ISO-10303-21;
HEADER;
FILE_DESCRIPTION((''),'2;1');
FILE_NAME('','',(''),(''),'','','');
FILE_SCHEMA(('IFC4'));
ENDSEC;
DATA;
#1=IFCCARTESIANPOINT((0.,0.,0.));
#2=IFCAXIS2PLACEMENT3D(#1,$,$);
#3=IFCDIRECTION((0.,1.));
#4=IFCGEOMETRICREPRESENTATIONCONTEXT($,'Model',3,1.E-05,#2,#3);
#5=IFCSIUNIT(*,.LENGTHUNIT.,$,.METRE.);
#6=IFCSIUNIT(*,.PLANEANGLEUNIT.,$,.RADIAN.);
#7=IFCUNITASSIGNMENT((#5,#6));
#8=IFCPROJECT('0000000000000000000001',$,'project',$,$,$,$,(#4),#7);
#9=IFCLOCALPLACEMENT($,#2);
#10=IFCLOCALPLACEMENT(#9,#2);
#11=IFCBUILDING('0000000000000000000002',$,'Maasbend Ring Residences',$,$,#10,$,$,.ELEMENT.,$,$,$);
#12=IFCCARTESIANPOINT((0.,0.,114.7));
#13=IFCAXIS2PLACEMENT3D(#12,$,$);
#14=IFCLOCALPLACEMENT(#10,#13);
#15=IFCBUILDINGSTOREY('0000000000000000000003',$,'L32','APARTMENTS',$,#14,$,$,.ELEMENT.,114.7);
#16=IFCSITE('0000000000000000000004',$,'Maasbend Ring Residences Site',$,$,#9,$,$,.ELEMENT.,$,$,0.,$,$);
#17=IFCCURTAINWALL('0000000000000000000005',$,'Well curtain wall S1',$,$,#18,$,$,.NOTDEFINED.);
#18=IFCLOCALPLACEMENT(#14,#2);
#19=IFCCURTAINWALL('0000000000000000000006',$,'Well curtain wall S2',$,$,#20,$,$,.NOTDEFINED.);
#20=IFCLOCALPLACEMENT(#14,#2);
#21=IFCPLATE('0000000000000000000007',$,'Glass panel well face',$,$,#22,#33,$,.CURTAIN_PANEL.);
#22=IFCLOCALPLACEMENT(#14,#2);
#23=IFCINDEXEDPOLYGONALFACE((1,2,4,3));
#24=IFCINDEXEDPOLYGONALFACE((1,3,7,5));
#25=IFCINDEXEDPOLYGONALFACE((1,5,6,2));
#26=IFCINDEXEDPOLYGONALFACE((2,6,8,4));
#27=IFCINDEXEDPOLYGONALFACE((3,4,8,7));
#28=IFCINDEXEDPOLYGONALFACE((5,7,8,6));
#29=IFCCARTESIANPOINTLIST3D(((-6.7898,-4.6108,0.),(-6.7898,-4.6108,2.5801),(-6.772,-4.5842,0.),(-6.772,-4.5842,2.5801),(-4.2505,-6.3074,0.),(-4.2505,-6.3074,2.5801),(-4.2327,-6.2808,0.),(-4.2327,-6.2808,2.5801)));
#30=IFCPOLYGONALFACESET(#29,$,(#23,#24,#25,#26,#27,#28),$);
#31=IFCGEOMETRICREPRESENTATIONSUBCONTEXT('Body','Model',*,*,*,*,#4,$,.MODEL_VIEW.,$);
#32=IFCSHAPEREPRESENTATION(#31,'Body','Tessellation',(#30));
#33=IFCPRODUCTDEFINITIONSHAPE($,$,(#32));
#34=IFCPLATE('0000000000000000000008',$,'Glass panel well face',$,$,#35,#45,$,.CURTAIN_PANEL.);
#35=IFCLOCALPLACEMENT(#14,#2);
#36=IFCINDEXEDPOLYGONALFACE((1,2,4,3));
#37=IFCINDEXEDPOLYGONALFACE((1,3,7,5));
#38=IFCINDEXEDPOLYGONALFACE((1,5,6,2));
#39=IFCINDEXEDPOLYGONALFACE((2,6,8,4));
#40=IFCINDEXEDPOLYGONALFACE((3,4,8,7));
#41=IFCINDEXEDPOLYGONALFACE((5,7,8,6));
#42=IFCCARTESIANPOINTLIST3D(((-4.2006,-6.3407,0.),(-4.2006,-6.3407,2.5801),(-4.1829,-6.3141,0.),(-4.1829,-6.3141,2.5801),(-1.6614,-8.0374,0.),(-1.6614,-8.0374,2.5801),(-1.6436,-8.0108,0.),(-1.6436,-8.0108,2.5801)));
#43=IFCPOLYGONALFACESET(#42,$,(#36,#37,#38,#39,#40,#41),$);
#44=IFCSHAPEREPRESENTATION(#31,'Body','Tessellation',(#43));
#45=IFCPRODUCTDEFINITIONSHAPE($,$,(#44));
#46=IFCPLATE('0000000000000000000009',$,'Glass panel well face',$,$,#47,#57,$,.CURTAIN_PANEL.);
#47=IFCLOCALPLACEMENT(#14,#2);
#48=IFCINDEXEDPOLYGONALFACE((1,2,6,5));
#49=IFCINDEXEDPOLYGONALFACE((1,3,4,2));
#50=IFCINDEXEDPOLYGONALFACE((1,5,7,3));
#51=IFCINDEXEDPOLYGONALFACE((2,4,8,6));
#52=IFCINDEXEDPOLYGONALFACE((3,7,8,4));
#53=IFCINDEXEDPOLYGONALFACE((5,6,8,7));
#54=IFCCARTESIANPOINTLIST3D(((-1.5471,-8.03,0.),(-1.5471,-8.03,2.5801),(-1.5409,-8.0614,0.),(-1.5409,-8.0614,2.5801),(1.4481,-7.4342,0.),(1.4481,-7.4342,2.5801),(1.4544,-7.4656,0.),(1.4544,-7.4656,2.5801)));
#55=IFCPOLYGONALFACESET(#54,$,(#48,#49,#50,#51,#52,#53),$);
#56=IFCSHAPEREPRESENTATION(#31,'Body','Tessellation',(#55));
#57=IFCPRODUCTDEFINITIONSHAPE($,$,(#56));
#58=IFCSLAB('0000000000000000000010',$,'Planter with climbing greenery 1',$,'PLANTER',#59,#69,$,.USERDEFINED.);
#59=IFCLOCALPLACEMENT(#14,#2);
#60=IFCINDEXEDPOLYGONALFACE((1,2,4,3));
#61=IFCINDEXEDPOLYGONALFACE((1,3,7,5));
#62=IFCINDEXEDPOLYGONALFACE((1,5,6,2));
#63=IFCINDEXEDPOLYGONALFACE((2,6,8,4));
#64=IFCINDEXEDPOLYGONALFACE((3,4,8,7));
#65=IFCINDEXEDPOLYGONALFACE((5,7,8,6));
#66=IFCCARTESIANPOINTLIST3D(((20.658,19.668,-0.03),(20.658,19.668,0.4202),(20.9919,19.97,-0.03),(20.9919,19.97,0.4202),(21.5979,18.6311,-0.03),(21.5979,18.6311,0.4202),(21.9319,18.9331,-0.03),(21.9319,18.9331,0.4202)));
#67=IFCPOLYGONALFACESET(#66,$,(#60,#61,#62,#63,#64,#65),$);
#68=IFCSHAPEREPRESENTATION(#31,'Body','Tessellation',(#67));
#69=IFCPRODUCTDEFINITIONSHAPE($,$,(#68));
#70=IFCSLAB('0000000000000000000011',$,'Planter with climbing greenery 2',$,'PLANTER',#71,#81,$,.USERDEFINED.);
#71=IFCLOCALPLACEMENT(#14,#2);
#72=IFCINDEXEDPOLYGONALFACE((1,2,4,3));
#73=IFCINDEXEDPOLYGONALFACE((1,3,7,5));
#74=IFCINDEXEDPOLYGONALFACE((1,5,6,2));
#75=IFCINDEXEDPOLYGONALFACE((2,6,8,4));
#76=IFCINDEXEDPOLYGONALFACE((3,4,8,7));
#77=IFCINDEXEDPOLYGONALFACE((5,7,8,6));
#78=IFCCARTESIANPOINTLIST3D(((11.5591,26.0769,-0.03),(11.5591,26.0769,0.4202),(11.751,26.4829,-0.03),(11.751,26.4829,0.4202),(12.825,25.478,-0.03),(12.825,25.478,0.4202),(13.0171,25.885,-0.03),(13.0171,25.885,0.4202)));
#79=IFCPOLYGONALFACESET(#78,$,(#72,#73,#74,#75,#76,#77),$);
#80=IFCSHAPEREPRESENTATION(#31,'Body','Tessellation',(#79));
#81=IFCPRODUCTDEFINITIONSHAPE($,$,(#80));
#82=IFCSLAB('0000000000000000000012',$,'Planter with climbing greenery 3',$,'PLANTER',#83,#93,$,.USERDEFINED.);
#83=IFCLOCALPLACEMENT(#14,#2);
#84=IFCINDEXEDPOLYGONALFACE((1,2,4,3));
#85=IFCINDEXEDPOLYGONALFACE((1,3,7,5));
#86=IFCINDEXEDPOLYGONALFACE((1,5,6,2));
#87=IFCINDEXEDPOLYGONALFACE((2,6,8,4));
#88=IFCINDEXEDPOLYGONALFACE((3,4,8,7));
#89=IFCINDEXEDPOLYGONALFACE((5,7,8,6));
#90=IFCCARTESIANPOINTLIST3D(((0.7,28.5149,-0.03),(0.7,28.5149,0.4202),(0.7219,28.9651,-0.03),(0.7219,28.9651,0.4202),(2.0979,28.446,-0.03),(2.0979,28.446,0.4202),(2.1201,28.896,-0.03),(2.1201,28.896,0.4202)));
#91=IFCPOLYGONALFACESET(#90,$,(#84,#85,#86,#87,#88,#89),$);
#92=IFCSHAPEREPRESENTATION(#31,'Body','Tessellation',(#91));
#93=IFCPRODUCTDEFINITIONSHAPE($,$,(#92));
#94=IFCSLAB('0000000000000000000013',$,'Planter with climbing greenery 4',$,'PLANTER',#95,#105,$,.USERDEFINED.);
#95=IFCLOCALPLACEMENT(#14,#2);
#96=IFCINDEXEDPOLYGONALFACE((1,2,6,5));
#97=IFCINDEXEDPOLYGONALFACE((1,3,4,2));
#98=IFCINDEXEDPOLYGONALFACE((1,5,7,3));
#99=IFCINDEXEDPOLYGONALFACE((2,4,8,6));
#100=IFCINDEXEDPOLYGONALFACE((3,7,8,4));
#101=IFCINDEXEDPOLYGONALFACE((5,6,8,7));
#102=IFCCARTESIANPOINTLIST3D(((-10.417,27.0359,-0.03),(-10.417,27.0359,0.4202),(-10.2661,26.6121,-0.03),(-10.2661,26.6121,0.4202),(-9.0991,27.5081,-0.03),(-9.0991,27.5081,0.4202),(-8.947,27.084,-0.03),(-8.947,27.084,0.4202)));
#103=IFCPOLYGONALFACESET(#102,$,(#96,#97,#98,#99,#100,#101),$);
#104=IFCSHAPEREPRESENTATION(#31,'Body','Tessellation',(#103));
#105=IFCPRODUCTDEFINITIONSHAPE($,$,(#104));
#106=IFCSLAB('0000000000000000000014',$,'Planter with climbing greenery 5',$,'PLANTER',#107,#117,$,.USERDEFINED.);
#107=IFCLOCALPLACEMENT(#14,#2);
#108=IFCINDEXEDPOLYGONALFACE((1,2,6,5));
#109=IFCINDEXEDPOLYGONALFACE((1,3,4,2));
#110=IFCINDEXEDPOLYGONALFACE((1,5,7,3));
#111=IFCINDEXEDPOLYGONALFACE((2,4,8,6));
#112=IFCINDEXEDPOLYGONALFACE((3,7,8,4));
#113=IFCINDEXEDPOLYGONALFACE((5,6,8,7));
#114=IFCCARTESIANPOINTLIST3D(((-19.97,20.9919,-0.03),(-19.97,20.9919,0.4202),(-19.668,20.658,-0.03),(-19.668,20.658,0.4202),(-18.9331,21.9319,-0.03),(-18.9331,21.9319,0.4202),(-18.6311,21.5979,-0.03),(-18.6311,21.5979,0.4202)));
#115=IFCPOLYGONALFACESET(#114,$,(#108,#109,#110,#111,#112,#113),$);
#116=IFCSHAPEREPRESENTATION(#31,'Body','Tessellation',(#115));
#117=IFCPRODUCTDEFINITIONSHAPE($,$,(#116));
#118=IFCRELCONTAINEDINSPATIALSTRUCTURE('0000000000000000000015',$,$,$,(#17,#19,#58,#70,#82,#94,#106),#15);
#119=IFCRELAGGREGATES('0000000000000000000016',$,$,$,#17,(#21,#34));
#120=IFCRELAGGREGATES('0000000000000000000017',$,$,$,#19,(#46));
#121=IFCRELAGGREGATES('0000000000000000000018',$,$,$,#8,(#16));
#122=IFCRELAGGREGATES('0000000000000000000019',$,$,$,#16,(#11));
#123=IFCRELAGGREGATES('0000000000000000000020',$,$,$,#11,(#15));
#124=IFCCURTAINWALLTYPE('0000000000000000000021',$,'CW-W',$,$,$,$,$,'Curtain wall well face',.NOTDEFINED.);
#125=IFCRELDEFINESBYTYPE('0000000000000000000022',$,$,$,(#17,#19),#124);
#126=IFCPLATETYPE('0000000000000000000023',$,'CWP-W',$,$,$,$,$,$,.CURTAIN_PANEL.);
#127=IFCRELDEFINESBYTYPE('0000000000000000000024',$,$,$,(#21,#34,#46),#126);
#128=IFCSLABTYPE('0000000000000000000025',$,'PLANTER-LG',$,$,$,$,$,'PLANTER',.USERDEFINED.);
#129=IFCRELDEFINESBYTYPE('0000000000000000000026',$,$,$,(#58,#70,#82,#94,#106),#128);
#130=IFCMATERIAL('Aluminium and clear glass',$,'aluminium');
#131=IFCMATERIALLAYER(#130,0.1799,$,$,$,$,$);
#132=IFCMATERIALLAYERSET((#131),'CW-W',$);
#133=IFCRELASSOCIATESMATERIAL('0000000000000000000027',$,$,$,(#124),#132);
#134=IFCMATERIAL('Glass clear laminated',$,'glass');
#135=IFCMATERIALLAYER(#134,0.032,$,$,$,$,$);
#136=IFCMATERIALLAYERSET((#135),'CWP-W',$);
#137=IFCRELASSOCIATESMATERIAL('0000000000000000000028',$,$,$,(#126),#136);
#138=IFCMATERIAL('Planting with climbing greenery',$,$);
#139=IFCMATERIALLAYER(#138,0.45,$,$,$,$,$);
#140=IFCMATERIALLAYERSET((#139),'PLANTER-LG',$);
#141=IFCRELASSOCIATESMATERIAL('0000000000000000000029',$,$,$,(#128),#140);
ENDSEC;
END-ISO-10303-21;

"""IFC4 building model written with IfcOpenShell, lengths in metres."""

from ifc_helpers import new_model, si_unit, direction, frame, origin, origin_2d, place, context, subcontext, project, spatial, polyline, rectangle, outline, extrude, material, layer, layer_set, type_object, element, aggregate, save


model = new_model("IFC4")

# Units and contexts
model_context = context("Model", 3, precision=1e-05, world=origin(), true_north=direction((0.0, 1.0)))
body_context = subcontext(model_context, "Body", "Model", "MODEL_VIEW")
ifc_project = project(units=[si_unit("LENGTHUNIT", "METRE"), si_unit("PLANEANGLEUNIT", "RADIAN")], contexts=[model_context])

# Site, building, storey
site_placement = place(None, origin())
site = spatial("IfcSite", under=ifc_project, at=site_placement, Name="Maasbend Ring Residences Site", CompositionType="ELEMENT", RefElevation=0.0)
building_placement = place(site_placement, origin())
building = spatial("IfcBuilding", under=site, at=building_placement, Name="Maasbend Ring Residences", CompositionType="ELEMENT")
storey_placement = place(building_placement, frame((0.0, 0.0, 114.7)))
storey = spatial("IfcBuildingStorey", under=building, at=storey_placement, Name="L32", Description="APARTMENTS", CompositionType="ELEMENT", Elevation=114.7)

# Curtain wall
ifc_material_1 = material(Name="Aluminium and clear glass", Category="aluminium")
ifc_layer_1 = layer(ifc_material_1, 0.1799)
ifc_layer_set_1 = layer_set([ifc_layer_1], Name="CW-W")
curtain_wall_type = type_object("IfcCurtainWallType", Name="CW-W", ElementType="Curtain wall well face", PredefinedType="NOTDEFINED", material=ifc_layer_set_1)
curtain_wall_1_placement = place(storey_placement, origin())
curtain_wall_1 = element("IfcCurtainWall", 1, at=curtain_wall_1_placement, inside=storey, type_object=curtain_wall_type, Name="Well curtain wall S1", PredefinedType="NOTDEFINED")

# Curtain wall
curtain_wall_2_placement = place(storey_placement, origin())
curtain_wall_2 = element("IfcCurtainWall", 2, at=curtain_wall_2_placement, inside=storey, type_object=curtain_wall_type, Name="Well curtain wall S2", PredefinedType="NOTDEFINED")

# Plates
ifc_material_2 = material(Name="Glass clear laminated", Category="glass")
ifc_layer_2 = layer(ifc_material_2, 0.032)
ifc_layer_set_2 = layer_set([ifc_layer_2], Name="CWP-W")
plate_type = type_object("IfcPlateType", Name="CWP-W", PredefinedType="CURTAIN_PANEL", material=ifc_layer_set_2)
plate_1_placement = place(storey_placement, frame((-5.5112, -5.4458, 0.0), z_axis=(0.0, 0.0, 1.0), x_axis=(0.83147, -0.55557, 0.0)))
plate_1 = element("IfcPlate", 3, at=plate_1_placement, type_object=plate_type, Name="Glass panel well face", PredefinedType="CURTAIN_PANEL", context=body_context, shape_type="SweptSolid", body=[
    extrude(rectangle(XDim=3.054, YDim=0.032, at=origin_2d()), origin(), (0.0, 0.0, 1.0), 2.5801),
])
plate_2_placement = place(storey_placement, frame((-2.9221, -7.1758, 0.0), z_axis=(0.0, 0.0, 1.0), x_axis=(0.83147, -0.55557, 0.0)))
plate_2 = element("IfcPlate", 4, at=plate_2_placement, type_object=plate_type, Name="Glass panel well face", PredefinedType="CURTAIN_PANEL", context=body_context, shape_type="SweptSolid", body=[
    extrude(rectangle(XDim=3.054, YDim=0.032, at=origin_2d()), origin(), (0.0, 0.0, 1.0), 2.5801),
])
aggregate(curtain_wall_1, [plate_1, plate_2])
plate_3_placement = place(storey_placement, frame((-0.0464, -7.7478, 0.0), z_axis=(0.0, 0.0, 1.0), x_axis=(0.980785, 0.19509, 0.0)))
plate_3 = element("IfcPlate", 5, at=plate_3_placement, type_object=plate_type, Name="Glass panel well face", PredefinedType="CURTAIN_PANEL", context=body_context, shape_type="SweptSolid", body=[
    extrude(rectangle(XDim=3.054, YDim=0.032, at=origin_2d()), origin(), (0.0, 0.0, 1.0), 2.5801),
])
aggregate(curtain_wall_2, [plate_3])

# Slabs
ifc_material_3 = material(Name="Planting with climbing greenery")
ifc_layer_3 = layer(ifc_material_3, 0.45)
ifc_layer_set_3 = layer_set([ifc_layer_3], Name="PLANTER-LG")
slab_type_1 = type_object("IfcSlabType", Name="PLANTER-LG", ElementType="PLANTER", PredefinedType="USERDEFINED", material=ifc_layer_set_3)
slab_1_placement = place(storey_placement, frame((0.0, 0.0, -0.03)))
element("IfcSlab", 6, at=slab_1_placement, inside=storey, type_object=slab_type_1, Name="Planter with climbing greenery 1", ObjectType="PLANTER", PredefinedType="USERDEFINED", context=body_context, shape_type="SweptSolid", body=[
    extrude(outline(polyline([(21.9319, 18.9331), (20.9919, 19.97), (20.658, 19.668), (21.5979, 18.6311), (21.9319, 18.9331)])), origin(), (0.0, 0.0, 1.0), 0.4502),
])
slab_2_placement = place(storey_placement, frame((0.0, 0.0, -0.03)))
element("IfcSlab", 7, at=slab_2_placement, inside=storey, type_object=slab_type_1, Name="Planter with climbing greenery 2", ObjectType="PLANTER", PredefinedType="USERDEFINED", context=body_context, shape_type="SweptSolid", body=[
    extrude(outline(polyline([(13.0171, 25.885), (11.751, 26.4829), (11.5591, 26.0769), (12.825, 25.478), (13.0171, 25.885)])), origin(), (0.0, 0.0, 1.0), 0.4502),
])
slab_3_placement = place(storey_placement, frame((0.0, 0.0, -0.03)))
element("IfcSlab", 8, at=slab_3_placement, inside=storey, type_object=slab_type_1, Name="Planter with climbing greenery 3", ObjectType="PLANTER", PredefinedType="USERDEFINED", context=body_context, shape_type="SweptSolid", body=[
    extrude(outline(polyline([(2.1201, 28.896), (0.7219, 28.9651), (0.7, 28.5149), (2.0979, 28.446), (2.1201, 28.896)])), origin(), (0.0, 0.0, 1.0), 0.4502),
])
slab_4_placement = place(storey_placement, frame((0.0, 0.0, -0.03)))
element("IfcSlab", 9, at=slab_4_placement, inside=storey, type_object=slab_type_1, Name="Planter with climbing greenery 4", ObjectType="PLANTER", PredefinedType="USERDEFINED", context=body_context, shape_type="SweptSolid", body=[
    extrude(outline(polyline([(-9.0991, 27.5081), (-10.417, 27.0359), (-10.2661, 26.6121), (-8.947, 27.084), (-9.0991, 27.5081)])), origin(), (0.0, 0.0, 1.0), 0.4502),
])
slab_5_placement = place(storey_placement, frame((0.0, 0.0, -0.03)))
element("IfcSlab", 10, at=slab_5_placement, inside=storey, type_object=slab_type_1, Name="Planter with climbing greenery 5", ObjectType="PLANTER", PredefinedType="USERDEFINED", context=body_context, shape_type="SweptSolid", body=[
    extrude(outline(polyline([(-18.9331, 21.9319), (-19.97, 20.9919), (-19.668, 20.658), (-18.6311, 21.5979), (-18.9331, 21.9319)])), origin(), (0.0, 0.0, 1.0), 0.4502),
])

save(model, "model.ifc")
